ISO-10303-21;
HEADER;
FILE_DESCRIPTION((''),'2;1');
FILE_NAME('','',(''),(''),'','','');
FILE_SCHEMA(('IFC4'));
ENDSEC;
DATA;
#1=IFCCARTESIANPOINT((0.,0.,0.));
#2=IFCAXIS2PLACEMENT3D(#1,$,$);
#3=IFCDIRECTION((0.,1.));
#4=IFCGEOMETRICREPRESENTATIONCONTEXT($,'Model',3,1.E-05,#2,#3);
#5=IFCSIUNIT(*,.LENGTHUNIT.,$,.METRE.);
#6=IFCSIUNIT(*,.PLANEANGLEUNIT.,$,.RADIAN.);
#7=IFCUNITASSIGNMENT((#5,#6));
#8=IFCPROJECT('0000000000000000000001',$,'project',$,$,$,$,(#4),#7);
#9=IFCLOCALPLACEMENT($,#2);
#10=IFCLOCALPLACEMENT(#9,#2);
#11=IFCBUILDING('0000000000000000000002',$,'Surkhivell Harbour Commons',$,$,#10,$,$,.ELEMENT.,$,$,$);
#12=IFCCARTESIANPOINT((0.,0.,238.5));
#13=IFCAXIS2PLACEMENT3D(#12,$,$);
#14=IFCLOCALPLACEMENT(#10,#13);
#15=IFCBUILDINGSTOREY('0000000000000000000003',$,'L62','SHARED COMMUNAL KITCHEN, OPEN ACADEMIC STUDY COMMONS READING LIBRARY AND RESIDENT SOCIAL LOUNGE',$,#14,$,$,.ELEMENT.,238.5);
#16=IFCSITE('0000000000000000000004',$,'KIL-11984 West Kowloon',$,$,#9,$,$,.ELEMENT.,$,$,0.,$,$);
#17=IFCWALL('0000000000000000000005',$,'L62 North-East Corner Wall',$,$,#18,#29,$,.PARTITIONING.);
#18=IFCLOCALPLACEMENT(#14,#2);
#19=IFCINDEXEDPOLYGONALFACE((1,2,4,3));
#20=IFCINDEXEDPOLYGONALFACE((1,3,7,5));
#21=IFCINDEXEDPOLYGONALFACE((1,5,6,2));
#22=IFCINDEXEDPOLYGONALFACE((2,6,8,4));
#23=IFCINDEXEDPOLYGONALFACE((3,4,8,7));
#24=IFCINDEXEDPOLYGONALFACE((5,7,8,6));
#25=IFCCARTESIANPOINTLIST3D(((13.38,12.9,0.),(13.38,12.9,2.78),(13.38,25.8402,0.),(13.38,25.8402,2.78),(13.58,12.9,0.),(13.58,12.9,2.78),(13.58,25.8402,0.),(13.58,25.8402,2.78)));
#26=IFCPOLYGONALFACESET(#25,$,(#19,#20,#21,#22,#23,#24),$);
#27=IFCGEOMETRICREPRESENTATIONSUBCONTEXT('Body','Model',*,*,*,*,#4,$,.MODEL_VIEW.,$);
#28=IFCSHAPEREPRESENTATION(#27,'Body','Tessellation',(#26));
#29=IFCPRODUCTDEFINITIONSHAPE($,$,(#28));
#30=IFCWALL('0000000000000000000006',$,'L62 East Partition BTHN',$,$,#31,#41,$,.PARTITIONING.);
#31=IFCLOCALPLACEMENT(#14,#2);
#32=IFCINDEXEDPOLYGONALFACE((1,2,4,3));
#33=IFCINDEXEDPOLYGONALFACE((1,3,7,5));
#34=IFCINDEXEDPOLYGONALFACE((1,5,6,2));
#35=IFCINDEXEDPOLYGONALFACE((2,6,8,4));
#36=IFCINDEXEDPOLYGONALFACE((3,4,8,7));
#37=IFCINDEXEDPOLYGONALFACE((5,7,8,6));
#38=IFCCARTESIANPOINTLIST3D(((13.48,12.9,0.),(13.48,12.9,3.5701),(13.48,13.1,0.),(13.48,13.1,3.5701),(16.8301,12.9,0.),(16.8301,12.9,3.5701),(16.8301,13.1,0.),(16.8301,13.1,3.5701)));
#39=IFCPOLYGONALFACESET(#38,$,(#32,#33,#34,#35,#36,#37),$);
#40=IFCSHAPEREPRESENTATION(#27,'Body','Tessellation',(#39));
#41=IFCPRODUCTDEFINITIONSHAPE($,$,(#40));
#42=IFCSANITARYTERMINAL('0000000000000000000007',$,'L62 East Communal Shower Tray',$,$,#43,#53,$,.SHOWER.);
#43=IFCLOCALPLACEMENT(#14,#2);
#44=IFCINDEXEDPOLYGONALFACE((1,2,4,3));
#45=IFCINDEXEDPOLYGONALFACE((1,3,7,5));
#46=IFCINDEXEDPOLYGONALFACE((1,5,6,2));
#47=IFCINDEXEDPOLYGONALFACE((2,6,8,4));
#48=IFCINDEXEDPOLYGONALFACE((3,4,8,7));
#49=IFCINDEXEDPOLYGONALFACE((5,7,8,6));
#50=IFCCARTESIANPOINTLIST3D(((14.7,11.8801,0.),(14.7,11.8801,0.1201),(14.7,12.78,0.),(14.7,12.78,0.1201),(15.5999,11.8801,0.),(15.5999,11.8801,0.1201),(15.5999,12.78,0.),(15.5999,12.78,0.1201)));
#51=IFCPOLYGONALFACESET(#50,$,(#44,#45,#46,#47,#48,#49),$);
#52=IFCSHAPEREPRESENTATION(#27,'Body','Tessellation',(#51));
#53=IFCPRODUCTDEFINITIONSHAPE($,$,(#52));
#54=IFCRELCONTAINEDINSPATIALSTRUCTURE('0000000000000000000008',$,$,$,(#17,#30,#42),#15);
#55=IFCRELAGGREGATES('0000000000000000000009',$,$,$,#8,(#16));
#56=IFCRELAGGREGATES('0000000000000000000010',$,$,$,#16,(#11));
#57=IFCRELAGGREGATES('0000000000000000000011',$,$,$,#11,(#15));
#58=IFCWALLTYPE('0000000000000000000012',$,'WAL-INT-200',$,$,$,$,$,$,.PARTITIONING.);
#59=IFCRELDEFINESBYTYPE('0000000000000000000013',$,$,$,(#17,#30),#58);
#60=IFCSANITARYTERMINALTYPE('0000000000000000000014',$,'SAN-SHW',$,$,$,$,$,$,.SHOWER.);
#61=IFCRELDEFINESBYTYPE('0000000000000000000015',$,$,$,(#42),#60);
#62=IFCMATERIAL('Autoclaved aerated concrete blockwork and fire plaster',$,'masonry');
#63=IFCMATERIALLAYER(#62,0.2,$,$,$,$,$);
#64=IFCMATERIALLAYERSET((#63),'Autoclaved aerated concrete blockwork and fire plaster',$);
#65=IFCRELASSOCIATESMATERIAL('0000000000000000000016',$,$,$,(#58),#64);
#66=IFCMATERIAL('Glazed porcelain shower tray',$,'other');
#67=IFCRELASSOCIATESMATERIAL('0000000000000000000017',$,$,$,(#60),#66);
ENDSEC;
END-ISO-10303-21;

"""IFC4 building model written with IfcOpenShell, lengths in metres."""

from ifc_helpers import new_model, si_unit, direction, frame, frame_2d, origin, origin_2d, place, context, subcontext, project, spatial, rectangle, extrude, material, layer, layer_set, type_object, element, save


model = new_model("IFC4")

# Units and contexts
model_context = context("Model", 3, precision=1e-05, world=origin(), true_north=direction((0.0, 1.0)))
body_context = subcontext(model_context, "Body", "Model", "MODEL_VIEW")
ifc_project = project(units=[si_unit("LENGTHUNIT", "METRE"), si_unit("PLANEANGLEUNIT", "RADIAN")], contexts=[model_context])

# Site, building, storey
site_placement = place(None, origin())
site = spatial("IfcSite", under=ifc_project, at=site_placement, Name="KIL-11984 West Kowloon", CompositionType="ELEMENT", RefElevation=0.0)
building_placement = place(site_placement, origin())
building = spatial("IfcBuilding", under=site, at=building_placement, Name="Surkhivell Harbour Commons", CompositionType="ELEMENT")
storey_placement = place(building_placement, frame((0.0, 0.0, 238.5)))
storey = spatial("IfcBuildingStorey", under=building, at=storey_placement, Name="L62", Description="SHARED COMMUNAL KITCHEN, OPEN ACADEMIC STUDY COMMONS READING LIBRARY AND RESIDENT SOCIAL LOUNGE", CompositionType="ELEMENT", Elevation=238.5)

# Walls
ifc_material_1 = material(Name="Autoclaved aerated concrete blockwork and fire plaster", Category="masonry")
ifc_layer_1 = layer(ifc_material_1, 0.2)
ifc_layer_set_1 = layer_set([ifc_layer_1], Name="Autoclaved aerated concrete blockwork and fire plaster")
wall_type_1 = type_object("IfcWallType", Name="WAL-INT-200", PredefinedType="PARTITIONING", material=ifc_layer_set_1)
wall_1_placement = place(storey_placement, frame((13.48, 12.8999, 0.0), z_axis=(0.0, 0.0, 1.0), x_axis=(0.0, 1.0, 0.0)))
element("IfcWall", 1, at=wall_1_placement, inside=storey, type_object=wall_type_1, Name="L62 North-East Corner Wall", PredefinedType="PARTITIONING", context=body_context, shape_type="SweptSolid", body=[
    extrude(rectangle(XDim=12.9402, YDim=0.2, at=frame_2d((6.4702, 0.0))), origin(), (0.0, 0.0, 1.0), 2.78),
])
wall_2_placement = place(storey_placement, frame((13.48, 13.0, 0.0), z_axis=(0.0, 0.0, 1.0), x_axis=(1.0, 0.0, 0.0)))
element("IfcWall", 2, at=wall_2_placement, inside=storey, type_object=wall_type_1, Name="L62 East Partition BTHN", PredefinedType="PARTITIONING", context=body_context, shape_type="SweptSolid", body=[
    extrude(rectangle(XDim=3.3501, YDim=0.2, at=frame_2d((1.675, 0.0))), origin(), (0.0, 0.0, 1.0), 3.5701),
])

# Sanitary terminal
ifc_material_2 = material(Name="Glazed porcelain shower tray", Category="other")
sanitary_terminal_type = type_object("IfcSanitaryTerminalType", Name="SAN-SHW", PredefinedType="SHOWER", material=ifc_material_2)
sanitary_terminal_placement = place(storey_placement, frame((15.1499, 12.3301, 0.0), z_axis=(0.0, 0.0, 1.0), x_axis=(1.0, 0.0, 0.0)))
element("IfcSanitaryTerminal", 3, at=sanitary_terminal_placement, inside=storey, type_object=sanitary_terminal_type, Name="L62 East Communal Shower Tray", PredefinedType="SHOWER", context=body_context, shape_type="SweptSolid", body=[
    extrude(rectangle(XDim=0.8999, YDim=0.8999, at=origin_2d()), origin(), (0.0, 0.0, 1.0), 0.1201),
])

save(model, "model.ifc")
